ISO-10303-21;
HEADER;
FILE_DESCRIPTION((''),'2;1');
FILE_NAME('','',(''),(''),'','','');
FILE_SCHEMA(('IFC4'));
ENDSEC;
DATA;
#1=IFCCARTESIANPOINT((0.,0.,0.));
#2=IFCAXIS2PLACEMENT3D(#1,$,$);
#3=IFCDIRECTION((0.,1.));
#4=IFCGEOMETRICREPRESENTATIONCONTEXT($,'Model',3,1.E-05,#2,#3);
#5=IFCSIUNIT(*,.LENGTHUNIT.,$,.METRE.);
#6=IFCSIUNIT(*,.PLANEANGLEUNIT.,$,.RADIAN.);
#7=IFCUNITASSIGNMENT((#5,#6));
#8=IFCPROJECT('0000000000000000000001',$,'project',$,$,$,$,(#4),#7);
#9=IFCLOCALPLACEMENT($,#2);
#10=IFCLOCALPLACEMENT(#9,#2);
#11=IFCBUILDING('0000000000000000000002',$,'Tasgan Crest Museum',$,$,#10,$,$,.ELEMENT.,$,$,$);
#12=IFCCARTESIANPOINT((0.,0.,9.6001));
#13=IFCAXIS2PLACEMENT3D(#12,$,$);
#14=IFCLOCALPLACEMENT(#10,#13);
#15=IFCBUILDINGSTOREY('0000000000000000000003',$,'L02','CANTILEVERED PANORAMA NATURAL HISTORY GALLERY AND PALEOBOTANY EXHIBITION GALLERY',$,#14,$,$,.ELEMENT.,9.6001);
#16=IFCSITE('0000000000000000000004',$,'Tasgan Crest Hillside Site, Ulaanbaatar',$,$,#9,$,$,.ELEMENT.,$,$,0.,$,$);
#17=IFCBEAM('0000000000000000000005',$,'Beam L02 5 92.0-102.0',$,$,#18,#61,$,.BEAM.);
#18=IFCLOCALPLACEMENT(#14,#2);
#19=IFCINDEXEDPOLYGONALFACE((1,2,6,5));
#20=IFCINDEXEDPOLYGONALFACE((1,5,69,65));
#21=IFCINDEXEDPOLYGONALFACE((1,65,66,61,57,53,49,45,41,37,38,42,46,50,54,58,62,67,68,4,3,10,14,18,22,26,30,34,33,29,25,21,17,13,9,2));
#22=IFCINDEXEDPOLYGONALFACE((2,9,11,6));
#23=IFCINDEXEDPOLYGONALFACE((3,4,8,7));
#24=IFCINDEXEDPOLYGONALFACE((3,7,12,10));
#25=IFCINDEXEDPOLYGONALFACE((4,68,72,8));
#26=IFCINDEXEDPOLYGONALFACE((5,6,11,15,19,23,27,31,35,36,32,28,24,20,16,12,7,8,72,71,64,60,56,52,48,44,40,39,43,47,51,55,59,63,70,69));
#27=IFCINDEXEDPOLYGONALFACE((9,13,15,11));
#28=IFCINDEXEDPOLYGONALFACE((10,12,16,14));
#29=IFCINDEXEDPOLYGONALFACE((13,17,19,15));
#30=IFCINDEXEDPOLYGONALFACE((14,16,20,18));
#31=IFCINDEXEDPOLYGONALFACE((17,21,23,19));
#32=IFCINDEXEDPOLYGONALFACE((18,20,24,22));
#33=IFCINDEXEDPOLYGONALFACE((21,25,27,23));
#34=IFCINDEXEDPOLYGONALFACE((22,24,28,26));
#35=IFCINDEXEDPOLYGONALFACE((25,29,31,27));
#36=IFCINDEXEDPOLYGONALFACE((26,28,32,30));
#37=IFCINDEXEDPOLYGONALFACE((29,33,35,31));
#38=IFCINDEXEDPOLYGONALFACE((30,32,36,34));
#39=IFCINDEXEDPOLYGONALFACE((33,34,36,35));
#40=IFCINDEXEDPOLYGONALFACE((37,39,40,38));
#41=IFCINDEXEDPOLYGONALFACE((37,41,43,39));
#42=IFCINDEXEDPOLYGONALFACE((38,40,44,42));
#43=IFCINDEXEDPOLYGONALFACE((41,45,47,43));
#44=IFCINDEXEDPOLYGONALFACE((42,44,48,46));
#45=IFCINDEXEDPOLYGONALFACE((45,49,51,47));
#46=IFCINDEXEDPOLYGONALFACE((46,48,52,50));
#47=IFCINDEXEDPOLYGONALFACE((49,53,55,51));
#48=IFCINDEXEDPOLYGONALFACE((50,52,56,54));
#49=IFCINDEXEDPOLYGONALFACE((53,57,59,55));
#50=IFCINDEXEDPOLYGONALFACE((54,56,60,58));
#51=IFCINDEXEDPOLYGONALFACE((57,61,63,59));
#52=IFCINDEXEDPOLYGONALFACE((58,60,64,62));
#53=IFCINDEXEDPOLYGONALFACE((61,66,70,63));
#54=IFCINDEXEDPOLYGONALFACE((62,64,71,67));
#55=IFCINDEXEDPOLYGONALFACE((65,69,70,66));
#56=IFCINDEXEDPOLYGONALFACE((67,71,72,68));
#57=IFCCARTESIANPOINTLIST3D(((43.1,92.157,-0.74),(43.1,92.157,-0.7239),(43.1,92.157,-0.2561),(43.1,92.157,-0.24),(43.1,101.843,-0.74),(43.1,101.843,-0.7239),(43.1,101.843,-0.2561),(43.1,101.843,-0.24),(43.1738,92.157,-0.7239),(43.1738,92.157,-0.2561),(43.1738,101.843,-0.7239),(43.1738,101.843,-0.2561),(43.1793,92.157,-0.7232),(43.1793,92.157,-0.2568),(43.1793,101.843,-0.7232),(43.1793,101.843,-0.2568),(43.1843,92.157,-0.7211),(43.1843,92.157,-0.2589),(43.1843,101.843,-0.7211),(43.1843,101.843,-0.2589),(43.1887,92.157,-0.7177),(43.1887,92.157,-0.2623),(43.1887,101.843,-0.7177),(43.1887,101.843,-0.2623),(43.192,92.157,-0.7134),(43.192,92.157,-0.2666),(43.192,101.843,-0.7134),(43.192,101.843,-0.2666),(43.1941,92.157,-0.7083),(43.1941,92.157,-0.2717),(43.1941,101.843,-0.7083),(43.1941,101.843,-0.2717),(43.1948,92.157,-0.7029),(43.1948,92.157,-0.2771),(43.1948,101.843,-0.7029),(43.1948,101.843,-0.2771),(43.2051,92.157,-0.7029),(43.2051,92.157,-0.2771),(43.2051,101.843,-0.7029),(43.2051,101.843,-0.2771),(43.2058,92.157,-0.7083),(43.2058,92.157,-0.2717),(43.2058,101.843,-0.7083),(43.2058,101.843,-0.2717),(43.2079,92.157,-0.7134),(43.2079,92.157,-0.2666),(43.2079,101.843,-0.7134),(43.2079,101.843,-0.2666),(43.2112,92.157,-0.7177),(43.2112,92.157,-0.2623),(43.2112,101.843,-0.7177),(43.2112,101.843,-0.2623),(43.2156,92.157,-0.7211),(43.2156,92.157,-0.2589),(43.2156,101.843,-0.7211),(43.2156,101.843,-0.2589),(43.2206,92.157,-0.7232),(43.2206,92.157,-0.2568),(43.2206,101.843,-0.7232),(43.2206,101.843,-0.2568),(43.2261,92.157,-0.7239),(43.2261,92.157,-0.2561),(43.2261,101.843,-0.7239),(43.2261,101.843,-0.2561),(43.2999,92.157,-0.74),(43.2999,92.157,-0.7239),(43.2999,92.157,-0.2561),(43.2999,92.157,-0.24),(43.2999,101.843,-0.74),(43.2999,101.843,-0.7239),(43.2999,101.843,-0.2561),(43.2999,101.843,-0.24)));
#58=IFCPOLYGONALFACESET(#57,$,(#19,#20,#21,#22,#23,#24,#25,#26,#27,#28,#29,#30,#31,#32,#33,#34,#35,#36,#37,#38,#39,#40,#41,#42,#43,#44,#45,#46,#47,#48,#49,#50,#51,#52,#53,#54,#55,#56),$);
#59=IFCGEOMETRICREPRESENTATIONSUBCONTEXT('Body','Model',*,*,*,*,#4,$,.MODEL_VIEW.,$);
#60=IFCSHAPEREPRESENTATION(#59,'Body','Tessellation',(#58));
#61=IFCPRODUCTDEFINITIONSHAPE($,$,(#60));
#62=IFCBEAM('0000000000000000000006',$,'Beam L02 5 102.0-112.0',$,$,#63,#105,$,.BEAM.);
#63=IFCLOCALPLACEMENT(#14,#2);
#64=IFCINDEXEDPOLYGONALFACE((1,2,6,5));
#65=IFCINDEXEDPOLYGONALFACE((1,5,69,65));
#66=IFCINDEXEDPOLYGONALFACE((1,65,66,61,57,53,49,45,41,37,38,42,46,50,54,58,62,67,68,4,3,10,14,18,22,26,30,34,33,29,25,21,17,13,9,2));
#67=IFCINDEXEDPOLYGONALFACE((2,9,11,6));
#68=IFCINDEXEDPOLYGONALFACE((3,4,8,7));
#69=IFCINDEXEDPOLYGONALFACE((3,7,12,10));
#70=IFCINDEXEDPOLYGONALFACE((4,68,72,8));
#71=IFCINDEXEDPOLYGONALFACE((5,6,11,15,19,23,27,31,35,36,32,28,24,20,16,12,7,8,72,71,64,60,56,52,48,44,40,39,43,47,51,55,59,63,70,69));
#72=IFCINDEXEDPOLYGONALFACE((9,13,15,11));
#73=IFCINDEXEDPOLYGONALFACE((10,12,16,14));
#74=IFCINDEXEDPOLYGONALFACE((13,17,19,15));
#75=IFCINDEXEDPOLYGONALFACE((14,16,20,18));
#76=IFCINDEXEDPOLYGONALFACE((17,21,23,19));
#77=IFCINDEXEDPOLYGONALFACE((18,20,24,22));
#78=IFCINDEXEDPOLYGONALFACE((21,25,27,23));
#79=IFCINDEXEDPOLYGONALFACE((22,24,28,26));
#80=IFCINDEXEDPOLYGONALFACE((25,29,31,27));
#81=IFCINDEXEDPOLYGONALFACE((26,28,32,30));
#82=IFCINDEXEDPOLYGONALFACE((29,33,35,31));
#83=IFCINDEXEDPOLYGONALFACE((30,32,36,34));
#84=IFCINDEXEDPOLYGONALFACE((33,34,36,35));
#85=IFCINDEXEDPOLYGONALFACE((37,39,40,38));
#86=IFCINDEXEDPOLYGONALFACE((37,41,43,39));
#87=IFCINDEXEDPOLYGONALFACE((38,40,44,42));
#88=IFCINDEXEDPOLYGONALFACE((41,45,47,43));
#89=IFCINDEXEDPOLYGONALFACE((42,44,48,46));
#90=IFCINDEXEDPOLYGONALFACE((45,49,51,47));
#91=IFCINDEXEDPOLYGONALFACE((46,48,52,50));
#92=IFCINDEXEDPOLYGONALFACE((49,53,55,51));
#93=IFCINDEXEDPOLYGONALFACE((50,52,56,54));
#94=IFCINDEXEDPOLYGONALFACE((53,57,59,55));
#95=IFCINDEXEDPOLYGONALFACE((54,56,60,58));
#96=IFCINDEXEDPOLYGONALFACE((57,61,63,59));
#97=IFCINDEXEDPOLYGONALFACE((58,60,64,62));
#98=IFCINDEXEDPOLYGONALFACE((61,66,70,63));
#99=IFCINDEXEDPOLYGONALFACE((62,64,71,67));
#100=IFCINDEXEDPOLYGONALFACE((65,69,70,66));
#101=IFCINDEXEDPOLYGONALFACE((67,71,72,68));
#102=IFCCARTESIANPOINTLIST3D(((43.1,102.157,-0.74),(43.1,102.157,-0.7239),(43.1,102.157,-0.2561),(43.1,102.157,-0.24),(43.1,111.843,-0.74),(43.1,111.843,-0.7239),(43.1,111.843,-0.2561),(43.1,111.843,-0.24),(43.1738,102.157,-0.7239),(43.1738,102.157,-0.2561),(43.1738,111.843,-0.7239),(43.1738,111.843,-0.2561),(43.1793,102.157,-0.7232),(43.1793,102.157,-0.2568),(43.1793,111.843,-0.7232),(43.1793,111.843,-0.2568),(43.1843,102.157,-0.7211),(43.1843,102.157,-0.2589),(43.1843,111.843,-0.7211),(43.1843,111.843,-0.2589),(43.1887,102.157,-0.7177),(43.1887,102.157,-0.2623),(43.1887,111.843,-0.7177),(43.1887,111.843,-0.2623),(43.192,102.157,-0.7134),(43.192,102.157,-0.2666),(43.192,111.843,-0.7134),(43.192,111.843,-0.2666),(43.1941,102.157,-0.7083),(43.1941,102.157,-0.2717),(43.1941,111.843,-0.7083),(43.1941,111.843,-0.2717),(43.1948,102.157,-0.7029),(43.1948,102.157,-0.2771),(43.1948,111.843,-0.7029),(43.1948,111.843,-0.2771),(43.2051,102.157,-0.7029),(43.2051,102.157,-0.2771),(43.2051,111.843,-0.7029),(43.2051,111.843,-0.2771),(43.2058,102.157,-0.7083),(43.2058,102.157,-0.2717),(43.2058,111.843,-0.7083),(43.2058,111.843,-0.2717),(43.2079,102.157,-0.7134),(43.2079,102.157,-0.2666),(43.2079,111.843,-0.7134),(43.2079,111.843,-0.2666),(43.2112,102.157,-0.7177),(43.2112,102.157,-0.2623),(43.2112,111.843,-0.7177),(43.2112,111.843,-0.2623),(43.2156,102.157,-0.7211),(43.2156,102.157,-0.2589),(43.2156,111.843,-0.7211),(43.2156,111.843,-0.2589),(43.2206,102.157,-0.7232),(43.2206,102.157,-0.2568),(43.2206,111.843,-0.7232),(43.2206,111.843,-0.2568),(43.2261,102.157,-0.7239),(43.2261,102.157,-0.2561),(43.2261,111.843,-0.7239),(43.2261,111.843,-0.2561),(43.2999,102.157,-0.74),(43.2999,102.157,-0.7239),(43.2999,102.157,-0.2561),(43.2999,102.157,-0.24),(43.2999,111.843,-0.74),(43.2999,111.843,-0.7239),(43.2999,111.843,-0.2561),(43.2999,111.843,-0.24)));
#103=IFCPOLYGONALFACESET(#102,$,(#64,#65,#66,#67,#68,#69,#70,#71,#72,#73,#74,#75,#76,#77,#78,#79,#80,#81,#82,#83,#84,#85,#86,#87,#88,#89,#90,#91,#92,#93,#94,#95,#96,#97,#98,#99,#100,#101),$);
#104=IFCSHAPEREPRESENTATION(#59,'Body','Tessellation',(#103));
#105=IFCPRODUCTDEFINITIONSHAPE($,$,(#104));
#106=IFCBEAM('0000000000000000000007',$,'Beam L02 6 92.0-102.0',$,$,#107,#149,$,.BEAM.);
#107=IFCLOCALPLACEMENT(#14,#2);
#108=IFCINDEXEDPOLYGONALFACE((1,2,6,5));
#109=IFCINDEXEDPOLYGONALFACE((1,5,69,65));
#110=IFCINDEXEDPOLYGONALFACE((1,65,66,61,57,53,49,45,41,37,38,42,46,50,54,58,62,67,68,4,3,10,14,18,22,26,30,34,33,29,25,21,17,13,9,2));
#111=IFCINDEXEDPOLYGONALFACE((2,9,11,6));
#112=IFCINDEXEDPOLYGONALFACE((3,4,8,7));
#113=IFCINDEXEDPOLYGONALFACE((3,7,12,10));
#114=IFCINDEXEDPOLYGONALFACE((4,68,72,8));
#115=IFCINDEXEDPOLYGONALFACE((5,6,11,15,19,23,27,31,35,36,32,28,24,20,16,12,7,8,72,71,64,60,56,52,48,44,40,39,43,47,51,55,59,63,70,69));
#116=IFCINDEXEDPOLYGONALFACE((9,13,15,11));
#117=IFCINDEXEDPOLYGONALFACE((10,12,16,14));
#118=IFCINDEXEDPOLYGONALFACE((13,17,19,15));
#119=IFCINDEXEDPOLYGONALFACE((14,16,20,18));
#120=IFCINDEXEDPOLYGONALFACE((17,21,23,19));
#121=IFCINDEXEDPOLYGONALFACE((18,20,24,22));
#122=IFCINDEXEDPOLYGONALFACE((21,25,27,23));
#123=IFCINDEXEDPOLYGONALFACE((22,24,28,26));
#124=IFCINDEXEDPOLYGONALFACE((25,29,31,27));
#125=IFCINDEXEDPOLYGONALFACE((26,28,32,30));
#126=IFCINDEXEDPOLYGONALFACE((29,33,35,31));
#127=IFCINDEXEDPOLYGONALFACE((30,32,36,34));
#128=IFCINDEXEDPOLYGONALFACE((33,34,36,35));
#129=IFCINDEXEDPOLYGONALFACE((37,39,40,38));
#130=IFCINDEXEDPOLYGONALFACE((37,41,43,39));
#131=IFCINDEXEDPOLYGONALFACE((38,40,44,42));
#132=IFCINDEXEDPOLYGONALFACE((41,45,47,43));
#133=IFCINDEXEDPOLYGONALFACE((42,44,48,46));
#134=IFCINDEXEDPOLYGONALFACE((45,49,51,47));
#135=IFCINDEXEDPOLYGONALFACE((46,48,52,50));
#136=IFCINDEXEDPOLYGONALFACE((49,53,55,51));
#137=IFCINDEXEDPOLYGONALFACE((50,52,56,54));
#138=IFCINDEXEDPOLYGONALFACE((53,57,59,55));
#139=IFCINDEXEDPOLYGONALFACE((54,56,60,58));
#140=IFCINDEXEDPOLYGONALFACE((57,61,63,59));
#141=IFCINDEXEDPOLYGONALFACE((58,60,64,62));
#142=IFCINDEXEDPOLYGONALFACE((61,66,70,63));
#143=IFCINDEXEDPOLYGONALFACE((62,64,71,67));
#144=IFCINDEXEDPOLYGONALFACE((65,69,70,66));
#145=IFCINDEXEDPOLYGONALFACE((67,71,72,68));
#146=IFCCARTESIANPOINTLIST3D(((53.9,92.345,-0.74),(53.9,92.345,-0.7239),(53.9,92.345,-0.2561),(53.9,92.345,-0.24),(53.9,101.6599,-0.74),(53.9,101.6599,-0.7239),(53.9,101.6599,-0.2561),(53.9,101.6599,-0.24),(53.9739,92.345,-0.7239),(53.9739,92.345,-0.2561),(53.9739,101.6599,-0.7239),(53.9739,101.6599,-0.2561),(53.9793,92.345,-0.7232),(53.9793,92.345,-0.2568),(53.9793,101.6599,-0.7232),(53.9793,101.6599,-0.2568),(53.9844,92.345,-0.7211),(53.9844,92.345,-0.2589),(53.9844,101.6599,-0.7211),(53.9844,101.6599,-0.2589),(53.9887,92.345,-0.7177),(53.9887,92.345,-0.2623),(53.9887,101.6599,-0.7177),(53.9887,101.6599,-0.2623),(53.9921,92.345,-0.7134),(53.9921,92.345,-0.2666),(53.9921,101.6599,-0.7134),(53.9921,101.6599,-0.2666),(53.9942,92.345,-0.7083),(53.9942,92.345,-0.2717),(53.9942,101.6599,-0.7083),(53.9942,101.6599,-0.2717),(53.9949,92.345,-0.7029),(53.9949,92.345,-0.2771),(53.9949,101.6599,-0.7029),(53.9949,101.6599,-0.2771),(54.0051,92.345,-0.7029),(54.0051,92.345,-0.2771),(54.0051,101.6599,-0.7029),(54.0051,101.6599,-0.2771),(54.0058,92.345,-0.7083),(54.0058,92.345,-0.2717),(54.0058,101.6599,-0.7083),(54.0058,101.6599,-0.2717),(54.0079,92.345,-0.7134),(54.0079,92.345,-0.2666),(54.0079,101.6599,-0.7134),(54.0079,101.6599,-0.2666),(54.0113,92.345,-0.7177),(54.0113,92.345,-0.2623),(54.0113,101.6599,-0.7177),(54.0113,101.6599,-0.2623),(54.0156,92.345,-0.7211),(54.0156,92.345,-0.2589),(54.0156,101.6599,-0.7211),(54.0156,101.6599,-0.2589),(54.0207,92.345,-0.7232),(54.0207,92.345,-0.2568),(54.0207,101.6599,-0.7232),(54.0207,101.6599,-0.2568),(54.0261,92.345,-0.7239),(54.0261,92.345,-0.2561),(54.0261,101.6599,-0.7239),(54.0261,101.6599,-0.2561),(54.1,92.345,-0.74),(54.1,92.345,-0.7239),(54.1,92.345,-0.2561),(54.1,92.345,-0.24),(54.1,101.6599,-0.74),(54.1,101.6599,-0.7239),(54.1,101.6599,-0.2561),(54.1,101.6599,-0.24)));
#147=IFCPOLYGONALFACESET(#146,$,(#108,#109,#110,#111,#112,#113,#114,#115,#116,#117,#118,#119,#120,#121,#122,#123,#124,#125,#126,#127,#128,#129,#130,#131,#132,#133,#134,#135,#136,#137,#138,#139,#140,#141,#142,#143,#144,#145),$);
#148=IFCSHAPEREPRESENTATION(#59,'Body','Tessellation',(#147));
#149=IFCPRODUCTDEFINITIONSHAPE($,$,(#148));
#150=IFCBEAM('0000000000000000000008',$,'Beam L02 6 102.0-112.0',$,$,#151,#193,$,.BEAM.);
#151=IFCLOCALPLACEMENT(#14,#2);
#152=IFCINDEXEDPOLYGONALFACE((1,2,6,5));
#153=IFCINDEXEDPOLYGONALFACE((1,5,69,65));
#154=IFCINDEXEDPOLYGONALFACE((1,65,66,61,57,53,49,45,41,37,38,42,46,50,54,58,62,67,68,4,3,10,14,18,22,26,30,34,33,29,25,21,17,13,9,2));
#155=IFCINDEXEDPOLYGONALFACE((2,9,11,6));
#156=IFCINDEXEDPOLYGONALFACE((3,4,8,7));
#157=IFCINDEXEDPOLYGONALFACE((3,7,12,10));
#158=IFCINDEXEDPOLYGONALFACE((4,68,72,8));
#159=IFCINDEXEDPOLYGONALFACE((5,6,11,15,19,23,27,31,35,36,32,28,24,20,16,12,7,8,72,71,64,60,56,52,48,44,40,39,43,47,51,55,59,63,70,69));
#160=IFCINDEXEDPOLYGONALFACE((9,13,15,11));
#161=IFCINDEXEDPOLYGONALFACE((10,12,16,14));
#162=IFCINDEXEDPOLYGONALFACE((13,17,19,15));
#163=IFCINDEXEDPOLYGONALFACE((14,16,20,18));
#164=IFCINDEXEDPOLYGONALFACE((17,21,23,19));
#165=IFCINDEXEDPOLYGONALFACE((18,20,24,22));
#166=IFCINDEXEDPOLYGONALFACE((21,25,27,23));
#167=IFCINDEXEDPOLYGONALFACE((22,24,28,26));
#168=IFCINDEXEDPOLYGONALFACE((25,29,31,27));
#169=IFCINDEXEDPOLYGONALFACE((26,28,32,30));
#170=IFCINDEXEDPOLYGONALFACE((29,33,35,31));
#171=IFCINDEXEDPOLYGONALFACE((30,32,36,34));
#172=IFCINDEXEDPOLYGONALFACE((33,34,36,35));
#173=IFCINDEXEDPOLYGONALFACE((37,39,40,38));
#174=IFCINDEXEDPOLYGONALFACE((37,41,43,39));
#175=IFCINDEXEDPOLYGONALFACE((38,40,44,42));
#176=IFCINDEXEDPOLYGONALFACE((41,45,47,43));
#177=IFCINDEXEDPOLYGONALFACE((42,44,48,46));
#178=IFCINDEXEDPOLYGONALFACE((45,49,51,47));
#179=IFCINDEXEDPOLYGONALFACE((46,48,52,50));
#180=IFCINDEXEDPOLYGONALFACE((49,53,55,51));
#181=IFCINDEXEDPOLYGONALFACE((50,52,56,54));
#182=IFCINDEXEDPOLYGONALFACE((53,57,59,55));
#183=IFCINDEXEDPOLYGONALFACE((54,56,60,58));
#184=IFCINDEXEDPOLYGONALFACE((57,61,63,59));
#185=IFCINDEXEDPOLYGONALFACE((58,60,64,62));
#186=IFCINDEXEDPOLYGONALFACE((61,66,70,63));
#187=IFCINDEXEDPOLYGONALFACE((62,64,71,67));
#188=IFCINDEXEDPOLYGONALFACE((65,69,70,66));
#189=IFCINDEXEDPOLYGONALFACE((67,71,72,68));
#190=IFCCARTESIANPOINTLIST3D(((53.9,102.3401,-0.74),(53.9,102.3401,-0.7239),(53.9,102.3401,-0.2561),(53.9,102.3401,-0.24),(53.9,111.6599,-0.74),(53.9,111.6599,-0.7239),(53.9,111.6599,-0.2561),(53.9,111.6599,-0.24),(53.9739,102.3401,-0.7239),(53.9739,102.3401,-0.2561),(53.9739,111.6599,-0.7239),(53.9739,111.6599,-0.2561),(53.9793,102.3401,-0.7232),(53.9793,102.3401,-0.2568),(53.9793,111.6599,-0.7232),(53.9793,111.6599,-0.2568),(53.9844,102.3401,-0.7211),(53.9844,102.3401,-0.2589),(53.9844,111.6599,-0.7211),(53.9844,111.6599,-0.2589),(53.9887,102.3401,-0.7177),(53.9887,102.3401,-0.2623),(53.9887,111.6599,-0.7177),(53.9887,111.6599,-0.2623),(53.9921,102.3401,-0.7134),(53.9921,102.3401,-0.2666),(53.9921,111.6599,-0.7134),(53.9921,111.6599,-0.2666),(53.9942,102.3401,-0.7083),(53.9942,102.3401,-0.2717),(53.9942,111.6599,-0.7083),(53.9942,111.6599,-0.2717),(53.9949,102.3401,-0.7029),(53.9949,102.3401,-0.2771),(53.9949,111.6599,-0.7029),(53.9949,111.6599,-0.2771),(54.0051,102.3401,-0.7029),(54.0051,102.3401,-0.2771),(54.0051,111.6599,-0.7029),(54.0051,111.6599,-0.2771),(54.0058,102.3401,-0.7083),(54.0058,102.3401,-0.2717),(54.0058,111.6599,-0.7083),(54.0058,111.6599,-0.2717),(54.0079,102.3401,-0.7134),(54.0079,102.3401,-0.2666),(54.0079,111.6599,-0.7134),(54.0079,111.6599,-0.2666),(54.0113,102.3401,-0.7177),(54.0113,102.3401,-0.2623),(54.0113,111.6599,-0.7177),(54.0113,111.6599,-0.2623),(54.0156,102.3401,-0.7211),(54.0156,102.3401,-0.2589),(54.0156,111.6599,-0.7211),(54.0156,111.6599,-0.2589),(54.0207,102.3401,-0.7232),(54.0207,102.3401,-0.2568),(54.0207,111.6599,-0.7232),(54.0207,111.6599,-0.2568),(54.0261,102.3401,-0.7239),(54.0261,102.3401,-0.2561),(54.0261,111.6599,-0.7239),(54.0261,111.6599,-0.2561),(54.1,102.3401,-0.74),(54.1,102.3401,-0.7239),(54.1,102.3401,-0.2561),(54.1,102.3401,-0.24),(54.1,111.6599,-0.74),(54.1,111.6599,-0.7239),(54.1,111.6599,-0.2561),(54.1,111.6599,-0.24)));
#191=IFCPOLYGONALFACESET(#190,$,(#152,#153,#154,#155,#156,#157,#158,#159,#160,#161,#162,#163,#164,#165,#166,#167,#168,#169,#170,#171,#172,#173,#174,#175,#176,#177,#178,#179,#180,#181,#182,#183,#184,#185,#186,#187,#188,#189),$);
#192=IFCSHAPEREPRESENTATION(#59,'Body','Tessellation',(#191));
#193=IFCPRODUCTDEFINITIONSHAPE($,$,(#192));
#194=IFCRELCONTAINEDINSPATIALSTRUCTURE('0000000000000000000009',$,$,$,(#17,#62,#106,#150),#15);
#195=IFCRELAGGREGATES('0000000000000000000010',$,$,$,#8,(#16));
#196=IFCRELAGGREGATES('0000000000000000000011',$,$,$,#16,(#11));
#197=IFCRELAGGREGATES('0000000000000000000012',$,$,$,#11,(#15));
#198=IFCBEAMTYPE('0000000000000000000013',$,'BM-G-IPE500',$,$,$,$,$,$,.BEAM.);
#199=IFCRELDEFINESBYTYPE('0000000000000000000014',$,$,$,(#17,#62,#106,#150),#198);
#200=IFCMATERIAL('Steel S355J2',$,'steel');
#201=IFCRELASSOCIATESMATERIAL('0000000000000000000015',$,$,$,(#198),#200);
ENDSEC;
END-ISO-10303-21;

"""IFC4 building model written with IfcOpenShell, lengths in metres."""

from ifc_helpers import new_model, si_unit, direction, frame, origin, origin_2d, place, context, subcontext, project, spatial, i_section, extrude, material, material_profile, profile_set, type_object, element, save


model = new_model("IFC4")

# Units and contexts
model_context = context("Model", 3, precision=1e-05, world=origin(), true_north=direction((0.0, 1.0)))
body_context = subcontext(model_context, "Body", "Model", "MODEL_VIEW")
ifc_project = project(units=[si_unit("LENGTHUNIT", "METRE"), si_unit("PLANEANGLEUNIT", "RADIAN")], contexts=[model_context])

# Site, building, storey
site_placement = place(None, origin())
site = spatial("IfcSite", under=ifc_project, at=site_placement, Name="Tasgan Crest Hillside Site, Ulaanbaatar", CompositionType="ELEMENT", RefElevation=0.0)
building_placement = place(site_placement, origin())
building = spatial("IfcBuilding", under=site, at=building_placement, Name="Tasgan Crest Museum", CompositionType="ELEMENT")
storey_placement = place(building_placement, frame((0.0, 0.0, 9.6001)))
storey = spatial("IfcBuildingStorey", under=building, at=storey_placement, Name="L02", Description="CANTILEVERED PANORAMA NATURAL HISTORY GALLERY AND PALEOBOTANY EXHIBITION GALLERY", CompositionType="ELEMENT", Elevation=9.6001)

# Beams
ifc_material_1 = material(Name="Steel S355J2", Category="steel")
ifc_material_profile_1 = material_profile(ifc_material_1, i_section(OverallWidth=0.2, OverallDepth=0.5, WebThickness=0.0103, FlangeThickness=0.0161, FilletRadius=0.021, at=origin_2d()), Name="IPE 500")
ifc_profile_set_1 = profile_set([ifc_material_profile_1], Name="Steel S355J2")
beam_type_1 = type_object("IfcBeamType", Name="BM-G-IPE500", PredefinedType="BEAM", material=ifc_profile_set_1)
for number, where, z_axis, x_axis, name in (
    (1, (43.2, 92.157, -0.49), (0.0, 1.0, 0.0), (-1.0, 0.0, 0.0), "Beam L02 5 92.0-102.0"),
    (2, (43.2, 102.157, -0.49), (0.0, 1.0, 0.0), (-1.0, 0.0, 0.0), "Beam L02 5 102.0-112.0"),
):
    element("IfcBeam", number, at=place(storey_placement, frame(where, z_axis=z_axis, x_axis=x_axis)), inside=storey, type_object=beam_type_1, Name=name, PredefinedType="BEAM", context=body_context, shape_type="SweptSolid", body=[
        extrude(i_section(OverallWidth=0.2, OverallDepth=0.5, WebThickness=0.0103, FlangeThickness=0.0161, FilletRadius=0.021, at=origin_2d()), origin(), (0.0, 0.0, 1.0), 9.686),
    ])
beam_1_placement = place(storey_placement, frame((54.0, 92.345, -0.49), z_axis=(0.0, 1.0, 0.0), x_axis=(-1.0, 0.0, 0.0)))
element("IfcBeam", 3, at=beam_1_placement, inside=storey, type_object=beam_type_1, Name="Beam L02 6 92.0-102.0", PredefinedType="BEAM", context=body_context, shape_type="SweptSolid", body=[
    extrude(i_section(OverallWidth=0.2, OverallDepth=0.5, WebThickness=0.0103, FlangeThickness=0.0161, FilletRadius=0.021, at=origin_2d()), origin(), (0.0, 0.0, 1.0), 9.3149),
])
beam_2_placement = place(storey_placement, frame((54.0, 102.3401, -0.49), z_axis=(0.0, 1.0, 0.0), x_axis=(-1.0, 0.0, 0.0)))
element("IfcBeam", 4, at=beam_2_placement, inside=storey, type_object=beam_type_1, Name="Beam L02 6 102.0-112.0", PredefinedType="BEAM", context=body_context, shape_type="SweptSolid", body=[
    extrude(i_section(OverallWidth=0.2, OverallDepth=0.5, WebThickness=0.0103, FlangeThickness=0.0161, FilletRadius=0.021, at=origin_2d()), origin(), (0.0, 0.0, 1.0), 9.3198),
])

save(model, "model.ifc")
